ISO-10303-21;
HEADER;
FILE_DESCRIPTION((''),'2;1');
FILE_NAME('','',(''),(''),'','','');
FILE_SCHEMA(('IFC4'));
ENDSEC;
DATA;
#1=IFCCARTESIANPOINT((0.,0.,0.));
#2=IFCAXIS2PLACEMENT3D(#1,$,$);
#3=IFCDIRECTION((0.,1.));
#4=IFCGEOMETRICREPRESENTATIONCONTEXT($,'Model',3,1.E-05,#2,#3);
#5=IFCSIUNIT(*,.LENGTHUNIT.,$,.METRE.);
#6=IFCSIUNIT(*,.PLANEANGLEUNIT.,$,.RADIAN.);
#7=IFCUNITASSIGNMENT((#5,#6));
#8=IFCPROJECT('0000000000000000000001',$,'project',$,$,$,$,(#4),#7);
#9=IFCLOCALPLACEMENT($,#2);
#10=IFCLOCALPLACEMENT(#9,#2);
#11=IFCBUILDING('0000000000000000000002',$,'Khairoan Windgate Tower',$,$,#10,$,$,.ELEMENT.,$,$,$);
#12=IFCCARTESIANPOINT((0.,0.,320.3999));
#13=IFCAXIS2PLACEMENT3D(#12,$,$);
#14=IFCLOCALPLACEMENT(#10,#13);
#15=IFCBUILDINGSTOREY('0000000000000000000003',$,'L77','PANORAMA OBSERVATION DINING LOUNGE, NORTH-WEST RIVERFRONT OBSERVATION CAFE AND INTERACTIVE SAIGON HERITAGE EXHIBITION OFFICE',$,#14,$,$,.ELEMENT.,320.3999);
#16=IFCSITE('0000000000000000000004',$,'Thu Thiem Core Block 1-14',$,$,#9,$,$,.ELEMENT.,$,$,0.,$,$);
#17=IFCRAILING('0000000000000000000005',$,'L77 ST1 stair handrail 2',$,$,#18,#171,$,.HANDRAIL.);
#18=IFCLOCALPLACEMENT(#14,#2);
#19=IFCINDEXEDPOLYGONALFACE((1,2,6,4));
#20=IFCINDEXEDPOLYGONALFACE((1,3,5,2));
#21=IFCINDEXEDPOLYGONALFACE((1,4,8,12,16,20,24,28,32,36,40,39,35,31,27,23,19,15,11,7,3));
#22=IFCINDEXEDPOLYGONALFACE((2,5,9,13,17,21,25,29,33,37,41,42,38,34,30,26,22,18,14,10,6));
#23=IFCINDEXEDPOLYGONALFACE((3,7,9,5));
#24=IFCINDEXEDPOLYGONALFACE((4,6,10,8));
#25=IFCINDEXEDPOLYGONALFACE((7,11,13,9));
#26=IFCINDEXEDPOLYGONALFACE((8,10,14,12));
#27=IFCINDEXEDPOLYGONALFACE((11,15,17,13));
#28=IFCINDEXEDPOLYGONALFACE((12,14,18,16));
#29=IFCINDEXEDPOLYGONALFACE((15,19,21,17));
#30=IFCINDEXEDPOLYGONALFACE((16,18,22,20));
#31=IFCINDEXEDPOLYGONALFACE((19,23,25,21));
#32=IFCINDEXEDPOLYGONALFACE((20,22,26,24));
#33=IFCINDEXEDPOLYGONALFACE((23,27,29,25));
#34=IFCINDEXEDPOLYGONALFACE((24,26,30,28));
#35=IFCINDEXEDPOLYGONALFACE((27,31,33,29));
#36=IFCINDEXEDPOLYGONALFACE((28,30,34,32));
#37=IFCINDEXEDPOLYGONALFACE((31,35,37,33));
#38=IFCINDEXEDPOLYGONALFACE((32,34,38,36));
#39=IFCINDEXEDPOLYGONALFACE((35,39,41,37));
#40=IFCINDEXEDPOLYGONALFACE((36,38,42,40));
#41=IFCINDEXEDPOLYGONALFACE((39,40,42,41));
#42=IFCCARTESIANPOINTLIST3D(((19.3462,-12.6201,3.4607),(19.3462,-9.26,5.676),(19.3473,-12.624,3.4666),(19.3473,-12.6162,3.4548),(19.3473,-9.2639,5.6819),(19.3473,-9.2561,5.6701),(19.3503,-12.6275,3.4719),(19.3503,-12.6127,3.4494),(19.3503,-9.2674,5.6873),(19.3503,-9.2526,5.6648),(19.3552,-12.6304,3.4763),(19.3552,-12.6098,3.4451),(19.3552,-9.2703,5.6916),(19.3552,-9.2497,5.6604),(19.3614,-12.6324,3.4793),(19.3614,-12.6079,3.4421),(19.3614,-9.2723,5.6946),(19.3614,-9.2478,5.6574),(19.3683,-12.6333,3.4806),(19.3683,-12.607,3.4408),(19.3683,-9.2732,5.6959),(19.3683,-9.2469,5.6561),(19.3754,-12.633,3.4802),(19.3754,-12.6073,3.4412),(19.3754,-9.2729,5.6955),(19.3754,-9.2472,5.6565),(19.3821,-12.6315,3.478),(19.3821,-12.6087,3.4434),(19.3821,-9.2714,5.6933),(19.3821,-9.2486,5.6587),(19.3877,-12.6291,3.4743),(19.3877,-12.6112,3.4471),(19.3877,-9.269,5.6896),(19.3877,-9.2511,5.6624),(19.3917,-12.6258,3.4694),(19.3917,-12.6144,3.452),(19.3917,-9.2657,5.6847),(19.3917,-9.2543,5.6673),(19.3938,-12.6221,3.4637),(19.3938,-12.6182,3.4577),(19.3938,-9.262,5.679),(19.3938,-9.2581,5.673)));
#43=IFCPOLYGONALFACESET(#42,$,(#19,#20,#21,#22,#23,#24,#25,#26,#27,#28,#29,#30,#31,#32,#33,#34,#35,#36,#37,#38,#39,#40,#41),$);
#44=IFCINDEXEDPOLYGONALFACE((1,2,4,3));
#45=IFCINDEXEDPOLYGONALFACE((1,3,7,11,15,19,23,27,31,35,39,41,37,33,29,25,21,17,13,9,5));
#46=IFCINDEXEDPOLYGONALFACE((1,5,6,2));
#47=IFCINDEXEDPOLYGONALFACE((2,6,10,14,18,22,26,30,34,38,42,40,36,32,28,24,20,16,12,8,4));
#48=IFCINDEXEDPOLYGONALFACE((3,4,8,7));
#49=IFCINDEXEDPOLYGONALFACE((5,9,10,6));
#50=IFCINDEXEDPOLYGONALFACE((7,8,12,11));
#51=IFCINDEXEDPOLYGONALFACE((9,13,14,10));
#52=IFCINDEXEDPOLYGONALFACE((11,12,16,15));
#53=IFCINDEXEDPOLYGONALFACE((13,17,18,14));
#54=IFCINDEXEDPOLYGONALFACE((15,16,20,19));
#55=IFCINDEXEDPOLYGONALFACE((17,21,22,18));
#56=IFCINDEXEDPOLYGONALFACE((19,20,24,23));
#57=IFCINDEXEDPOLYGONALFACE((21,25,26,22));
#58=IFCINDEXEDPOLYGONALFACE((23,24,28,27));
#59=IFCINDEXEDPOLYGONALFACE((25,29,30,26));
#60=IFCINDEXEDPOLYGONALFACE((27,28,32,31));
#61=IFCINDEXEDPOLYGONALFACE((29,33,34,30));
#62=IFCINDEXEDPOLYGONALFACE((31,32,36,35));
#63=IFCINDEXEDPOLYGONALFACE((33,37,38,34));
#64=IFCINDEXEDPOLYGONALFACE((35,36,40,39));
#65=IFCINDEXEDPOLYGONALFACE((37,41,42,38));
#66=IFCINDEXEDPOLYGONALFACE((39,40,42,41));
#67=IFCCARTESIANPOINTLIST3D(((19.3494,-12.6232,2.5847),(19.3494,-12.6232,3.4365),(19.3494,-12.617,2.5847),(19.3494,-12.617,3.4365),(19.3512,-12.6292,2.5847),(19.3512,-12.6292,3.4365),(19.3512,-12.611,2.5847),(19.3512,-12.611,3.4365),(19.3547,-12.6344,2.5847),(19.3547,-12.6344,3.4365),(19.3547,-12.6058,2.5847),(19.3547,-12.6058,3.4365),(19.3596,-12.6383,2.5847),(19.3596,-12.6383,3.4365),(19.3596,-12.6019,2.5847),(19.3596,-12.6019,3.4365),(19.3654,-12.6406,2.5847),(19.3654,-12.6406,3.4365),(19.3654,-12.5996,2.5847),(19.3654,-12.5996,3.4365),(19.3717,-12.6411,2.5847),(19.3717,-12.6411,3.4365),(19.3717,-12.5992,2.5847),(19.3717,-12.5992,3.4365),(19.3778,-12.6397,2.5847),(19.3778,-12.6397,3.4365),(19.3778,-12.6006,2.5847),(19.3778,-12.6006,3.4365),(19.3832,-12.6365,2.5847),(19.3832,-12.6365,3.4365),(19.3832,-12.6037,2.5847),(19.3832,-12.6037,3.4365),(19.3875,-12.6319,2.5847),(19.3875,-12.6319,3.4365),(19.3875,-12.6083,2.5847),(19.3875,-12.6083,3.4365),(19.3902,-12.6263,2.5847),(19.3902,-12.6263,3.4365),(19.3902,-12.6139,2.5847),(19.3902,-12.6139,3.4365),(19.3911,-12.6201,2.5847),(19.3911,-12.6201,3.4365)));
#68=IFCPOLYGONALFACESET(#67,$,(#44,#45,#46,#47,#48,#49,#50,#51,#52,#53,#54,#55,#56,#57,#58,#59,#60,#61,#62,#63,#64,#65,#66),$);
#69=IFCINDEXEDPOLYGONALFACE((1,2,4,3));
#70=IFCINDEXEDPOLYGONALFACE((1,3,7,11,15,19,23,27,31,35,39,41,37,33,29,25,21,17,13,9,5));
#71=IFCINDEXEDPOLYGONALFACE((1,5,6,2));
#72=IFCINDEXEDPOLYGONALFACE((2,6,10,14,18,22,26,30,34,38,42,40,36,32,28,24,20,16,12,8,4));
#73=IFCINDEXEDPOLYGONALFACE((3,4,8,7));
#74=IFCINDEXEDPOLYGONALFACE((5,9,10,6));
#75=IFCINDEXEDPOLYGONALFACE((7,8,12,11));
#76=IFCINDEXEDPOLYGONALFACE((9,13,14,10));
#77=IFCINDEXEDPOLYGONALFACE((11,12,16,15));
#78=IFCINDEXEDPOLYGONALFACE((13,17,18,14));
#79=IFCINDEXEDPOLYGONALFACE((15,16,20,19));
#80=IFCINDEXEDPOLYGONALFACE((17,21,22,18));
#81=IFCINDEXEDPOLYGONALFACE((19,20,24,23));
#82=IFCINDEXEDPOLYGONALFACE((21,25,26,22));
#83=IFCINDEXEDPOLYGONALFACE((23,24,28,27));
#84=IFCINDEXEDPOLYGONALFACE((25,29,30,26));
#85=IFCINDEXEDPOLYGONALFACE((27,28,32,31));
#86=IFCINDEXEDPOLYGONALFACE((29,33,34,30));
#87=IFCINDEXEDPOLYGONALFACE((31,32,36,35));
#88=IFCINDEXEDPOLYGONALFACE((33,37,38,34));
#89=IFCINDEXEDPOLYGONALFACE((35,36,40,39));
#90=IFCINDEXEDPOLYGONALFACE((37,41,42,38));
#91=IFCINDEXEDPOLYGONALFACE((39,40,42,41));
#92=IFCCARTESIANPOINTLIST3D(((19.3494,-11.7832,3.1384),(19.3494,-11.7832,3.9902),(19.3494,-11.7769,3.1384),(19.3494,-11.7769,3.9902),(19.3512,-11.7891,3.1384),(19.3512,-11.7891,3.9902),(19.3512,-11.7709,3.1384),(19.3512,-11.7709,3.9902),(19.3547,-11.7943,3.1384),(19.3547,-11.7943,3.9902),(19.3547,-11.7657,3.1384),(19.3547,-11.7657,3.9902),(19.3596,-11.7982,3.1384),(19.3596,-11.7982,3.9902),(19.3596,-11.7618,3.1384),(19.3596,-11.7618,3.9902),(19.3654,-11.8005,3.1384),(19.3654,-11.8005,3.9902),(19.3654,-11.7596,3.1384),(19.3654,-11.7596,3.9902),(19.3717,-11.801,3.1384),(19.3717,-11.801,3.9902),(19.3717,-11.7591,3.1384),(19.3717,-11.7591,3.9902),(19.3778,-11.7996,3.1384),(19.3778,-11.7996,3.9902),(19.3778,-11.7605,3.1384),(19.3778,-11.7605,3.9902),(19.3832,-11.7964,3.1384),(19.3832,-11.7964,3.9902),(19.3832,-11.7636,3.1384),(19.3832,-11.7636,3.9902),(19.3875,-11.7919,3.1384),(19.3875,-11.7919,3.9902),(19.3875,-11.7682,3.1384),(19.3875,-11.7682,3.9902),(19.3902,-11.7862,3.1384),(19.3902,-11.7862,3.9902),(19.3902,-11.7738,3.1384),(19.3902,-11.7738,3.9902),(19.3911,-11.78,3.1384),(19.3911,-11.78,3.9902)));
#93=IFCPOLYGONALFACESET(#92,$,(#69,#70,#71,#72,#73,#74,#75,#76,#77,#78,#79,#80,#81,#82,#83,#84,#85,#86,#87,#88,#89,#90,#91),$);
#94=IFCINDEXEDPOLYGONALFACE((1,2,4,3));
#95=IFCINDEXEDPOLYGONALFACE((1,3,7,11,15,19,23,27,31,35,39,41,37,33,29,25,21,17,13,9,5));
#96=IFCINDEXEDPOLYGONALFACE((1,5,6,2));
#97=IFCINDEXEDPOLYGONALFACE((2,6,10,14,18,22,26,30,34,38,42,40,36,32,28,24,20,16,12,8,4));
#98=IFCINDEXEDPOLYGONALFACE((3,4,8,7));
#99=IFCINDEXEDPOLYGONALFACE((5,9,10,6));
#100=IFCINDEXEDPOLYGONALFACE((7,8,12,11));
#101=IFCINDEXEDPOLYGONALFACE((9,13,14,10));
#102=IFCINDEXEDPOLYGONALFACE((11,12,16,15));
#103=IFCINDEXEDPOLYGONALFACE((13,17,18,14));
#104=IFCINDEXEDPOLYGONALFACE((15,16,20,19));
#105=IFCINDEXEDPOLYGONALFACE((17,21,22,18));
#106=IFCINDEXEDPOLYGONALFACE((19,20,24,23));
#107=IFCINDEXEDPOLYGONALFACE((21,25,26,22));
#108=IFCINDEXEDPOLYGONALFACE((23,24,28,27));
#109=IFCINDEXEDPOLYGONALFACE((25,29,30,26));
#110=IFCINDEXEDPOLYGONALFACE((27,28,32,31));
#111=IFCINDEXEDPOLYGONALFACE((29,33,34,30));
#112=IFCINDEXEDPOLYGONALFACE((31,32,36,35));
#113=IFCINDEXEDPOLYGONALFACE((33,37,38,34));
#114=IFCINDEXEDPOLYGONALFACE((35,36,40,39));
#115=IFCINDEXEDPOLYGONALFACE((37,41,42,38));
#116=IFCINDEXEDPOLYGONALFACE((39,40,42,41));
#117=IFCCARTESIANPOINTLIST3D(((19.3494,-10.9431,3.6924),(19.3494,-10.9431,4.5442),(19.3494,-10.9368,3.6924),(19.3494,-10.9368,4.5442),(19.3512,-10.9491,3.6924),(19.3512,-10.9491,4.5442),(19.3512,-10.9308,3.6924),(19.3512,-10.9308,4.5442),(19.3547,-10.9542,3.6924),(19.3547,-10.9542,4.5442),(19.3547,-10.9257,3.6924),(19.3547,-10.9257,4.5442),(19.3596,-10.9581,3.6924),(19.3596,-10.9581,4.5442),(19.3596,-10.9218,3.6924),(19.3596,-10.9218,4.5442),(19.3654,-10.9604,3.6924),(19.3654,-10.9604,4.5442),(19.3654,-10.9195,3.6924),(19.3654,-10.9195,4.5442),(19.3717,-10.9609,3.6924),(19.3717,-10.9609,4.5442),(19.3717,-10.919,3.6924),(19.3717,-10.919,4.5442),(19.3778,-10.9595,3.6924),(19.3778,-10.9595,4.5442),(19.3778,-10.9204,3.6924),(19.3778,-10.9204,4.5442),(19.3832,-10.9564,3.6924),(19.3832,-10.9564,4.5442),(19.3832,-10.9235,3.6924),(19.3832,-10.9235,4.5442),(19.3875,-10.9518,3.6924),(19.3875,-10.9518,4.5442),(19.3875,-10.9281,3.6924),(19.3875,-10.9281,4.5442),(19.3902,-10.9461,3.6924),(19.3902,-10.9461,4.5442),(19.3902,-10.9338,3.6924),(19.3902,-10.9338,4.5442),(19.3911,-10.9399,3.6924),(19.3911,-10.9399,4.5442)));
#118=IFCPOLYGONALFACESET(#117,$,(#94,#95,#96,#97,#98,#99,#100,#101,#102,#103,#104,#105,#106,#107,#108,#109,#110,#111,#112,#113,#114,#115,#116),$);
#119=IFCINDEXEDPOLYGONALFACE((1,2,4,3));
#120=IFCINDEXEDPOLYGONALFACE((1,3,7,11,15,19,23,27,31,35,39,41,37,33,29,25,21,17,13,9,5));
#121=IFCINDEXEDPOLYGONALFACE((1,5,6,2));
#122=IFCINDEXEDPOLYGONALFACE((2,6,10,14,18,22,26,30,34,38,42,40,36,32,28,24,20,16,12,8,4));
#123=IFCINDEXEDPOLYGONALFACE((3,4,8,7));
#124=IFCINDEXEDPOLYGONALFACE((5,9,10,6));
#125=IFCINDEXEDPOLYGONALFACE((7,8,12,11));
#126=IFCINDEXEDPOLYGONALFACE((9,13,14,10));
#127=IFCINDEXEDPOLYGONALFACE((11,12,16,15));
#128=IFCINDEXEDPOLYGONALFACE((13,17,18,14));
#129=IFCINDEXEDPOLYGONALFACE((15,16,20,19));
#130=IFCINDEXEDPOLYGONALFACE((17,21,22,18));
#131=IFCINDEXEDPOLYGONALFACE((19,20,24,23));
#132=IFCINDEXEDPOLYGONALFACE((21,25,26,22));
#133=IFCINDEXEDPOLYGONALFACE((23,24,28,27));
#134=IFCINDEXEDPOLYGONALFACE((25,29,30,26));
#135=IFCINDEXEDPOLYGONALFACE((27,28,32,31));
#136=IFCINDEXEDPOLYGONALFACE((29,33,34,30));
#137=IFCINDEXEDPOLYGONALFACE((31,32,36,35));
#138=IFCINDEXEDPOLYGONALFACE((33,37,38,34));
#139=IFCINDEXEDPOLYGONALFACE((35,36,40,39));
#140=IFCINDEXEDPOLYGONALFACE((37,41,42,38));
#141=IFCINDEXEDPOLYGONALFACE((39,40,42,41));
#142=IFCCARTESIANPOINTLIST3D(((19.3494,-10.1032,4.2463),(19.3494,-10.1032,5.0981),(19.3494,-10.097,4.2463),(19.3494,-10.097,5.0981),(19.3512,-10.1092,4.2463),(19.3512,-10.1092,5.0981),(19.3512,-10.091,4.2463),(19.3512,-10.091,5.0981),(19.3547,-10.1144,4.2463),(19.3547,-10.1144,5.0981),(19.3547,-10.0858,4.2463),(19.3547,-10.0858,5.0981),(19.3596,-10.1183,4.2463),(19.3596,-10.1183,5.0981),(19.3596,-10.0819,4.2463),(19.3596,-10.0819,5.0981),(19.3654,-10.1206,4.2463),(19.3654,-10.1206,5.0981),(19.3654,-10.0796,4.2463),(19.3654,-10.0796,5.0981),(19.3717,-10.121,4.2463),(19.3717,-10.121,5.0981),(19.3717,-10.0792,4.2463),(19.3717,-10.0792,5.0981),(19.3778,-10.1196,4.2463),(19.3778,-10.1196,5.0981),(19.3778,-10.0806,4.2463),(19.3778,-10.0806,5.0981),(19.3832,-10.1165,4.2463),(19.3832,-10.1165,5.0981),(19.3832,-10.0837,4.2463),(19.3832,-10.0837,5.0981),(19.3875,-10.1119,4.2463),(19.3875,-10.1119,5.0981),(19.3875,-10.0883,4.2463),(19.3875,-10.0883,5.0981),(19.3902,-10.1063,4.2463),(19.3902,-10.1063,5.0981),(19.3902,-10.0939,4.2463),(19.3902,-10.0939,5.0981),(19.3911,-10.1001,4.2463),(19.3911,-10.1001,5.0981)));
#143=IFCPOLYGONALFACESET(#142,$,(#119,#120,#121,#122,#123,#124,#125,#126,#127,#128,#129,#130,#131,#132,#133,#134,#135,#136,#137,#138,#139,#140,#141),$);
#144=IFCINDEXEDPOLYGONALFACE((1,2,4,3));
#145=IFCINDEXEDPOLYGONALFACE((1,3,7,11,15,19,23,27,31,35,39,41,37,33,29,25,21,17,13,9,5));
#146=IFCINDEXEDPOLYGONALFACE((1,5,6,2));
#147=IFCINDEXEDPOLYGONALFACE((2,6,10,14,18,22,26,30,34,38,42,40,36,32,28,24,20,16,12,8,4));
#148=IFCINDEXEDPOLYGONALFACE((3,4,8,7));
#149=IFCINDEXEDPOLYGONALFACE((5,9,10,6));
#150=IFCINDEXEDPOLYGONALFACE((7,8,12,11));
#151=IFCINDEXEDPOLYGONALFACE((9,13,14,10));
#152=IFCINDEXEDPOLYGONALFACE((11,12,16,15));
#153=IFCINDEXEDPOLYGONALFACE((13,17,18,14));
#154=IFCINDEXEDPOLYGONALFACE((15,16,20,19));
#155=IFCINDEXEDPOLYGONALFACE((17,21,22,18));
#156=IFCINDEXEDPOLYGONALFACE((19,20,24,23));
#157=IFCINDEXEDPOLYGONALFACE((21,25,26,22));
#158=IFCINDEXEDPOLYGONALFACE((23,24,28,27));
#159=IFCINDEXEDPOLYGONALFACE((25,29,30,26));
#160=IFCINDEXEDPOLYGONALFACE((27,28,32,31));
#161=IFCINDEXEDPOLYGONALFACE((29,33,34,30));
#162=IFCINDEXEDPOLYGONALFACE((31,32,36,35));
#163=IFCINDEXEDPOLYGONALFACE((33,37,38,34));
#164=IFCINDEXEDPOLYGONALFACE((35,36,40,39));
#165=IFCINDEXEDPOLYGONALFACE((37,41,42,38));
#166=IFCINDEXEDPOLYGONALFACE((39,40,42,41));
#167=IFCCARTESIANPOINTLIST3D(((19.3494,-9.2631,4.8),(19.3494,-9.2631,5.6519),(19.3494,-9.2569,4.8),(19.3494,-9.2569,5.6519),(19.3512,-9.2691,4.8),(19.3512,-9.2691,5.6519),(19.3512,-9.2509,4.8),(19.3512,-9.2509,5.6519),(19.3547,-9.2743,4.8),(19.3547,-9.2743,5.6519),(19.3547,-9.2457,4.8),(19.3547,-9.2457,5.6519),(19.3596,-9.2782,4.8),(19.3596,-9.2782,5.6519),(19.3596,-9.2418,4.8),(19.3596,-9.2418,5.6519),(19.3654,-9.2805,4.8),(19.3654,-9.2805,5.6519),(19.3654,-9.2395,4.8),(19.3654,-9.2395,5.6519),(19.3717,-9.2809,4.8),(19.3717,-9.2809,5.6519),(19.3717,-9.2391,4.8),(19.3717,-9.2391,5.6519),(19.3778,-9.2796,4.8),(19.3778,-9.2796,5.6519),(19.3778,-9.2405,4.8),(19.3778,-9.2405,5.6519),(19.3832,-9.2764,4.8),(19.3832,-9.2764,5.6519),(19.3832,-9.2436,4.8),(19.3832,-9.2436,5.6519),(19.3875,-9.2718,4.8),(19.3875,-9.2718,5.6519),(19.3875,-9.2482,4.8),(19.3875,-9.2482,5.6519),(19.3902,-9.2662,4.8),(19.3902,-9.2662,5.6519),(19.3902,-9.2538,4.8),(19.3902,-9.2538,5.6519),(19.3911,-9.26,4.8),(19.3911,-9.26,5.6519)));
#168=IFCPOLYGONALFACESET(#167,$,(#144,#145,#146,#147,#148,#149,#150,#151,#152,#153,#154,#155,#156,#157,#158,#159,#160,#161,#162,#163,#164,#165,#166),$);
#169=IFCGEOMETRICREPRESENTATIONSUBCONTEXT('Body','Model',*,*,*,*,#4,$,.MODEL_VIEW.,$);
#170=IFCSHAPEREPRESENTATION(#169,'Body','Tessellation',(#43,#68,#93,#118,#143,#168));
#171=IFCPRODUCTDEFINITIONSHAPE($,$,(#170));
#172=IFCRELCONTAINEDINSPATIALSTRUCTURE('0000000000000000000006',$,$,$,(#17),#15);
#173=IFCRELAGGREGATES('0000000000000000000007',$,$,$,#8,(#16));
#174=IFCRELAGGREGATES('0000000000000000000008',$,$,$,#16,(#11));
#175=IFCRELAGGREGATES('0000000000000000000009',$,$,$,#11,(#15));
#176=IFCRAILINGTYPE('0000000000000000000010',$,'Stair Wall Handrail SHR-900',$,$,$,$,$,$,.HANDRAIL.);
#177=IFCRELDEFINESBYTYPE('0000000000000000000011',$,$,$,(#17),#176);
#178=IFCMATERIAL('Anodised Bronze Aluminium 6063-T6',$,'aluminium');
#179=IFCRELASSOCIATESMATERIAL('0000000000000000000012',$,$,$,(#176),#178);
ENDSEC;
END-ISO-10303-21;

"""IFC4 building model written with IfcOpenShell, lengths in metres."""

from ifc_helpers import new_model, si_unit, direction, frame, origin, origin_2d, place, context, subcontext, project, spatial, circle, extrude, material, type_object, element, save


model = new_model("IFC4")

# Units and contexts
model_context = context("Model", 3, precision=1e-05, world=origin(), true_north=direction((0.0, 1.0)))
body_context = subcontext(model_context, "Body", "Model", "MODEL_VIEW")
ifc_project = project(units=[si_unit("LENGTHUNIT", "METRE"), si_unit("PLANEANGLEUNIT", "RADIAN")], contexts=[model_context])

# Site, building, storey
site_placement = place(None, origin())
site = spatial("IfcSite", under=ifc_project, at=site_placement, Name="Thu Thiem Core Block 1-14", CompositionType="ELEMENT", RefElevation=0.0)
building_placement = place(site_placement, origin())
building = spatial("IfcBuilding", under=site, at=building_placement, Name="Khairoan Windgate Tower", CompositionType="ELEMENT")
storey_placement = place(building_placement, frame((0.0, 0.0, 320.3999)))
storey = spatial("IfcBuildingStorey", under=building, at=storey_placement, Name="L77", Description="PANORAMA OBSERVATION DINING LOUNGE, NORTH-WEST RIVERFRONT OBSERVATION CAFE AND INTERACTIVE SAIGON HERITAGE EXHIBITION OFFICE", CompositionType="ELEMENT", Elevation=320.3999)

# Railing
ifc_material_1 = material(Name="Anodised Bronze Aluminium 6063-T6", Category="aluminium")
railing_type_1 = type_object("IfcRailingType", Name="Stair Wall Handrail SHR-900", PredefinedType="HANDRAIL", material=ifc_material_1)
railing_1_placement = place(storey_placement, frame((19.3701, -12.6201, 2.5847)))
element("IfcRailing", 1, at=railing_1_placement, inside=storey, type_object=railing_type_1, Name="L77 ST1 stair handrail 2", PredefinedType="HANDRAIL", context=body_context, shape_type="SweptSolid", body=[
    extrude(circle(Radius=0.0239, at=origin_2d()), frame((0.0, 0.0, 0.876), z_axis=(0.0, 0.834876, 0.550437), x_axis=(-1.0, 0.0, 0.0)), (0.0, 0.0, 1.0), 4.0247),
    extrude(circle(Radius=0.021, at=origin_2d()), origin(), (0.0, 0.0, 1.0), 0.8518),
    extrude(circle(Radius=0.021, at=origin_2d()), frame((0.0, 0.8401, 0.5537)), (0.0, 0.0, 1.0), 0.8518),
    extrude(circle(Radius=0.021, at=origin_2d()), frame((0.0, 1.6802, 1.1077)), (0.0, 0.0, 1.0), 0.8518),
    extrude(circle(Radius=0.021, at=origin_2d()), frame((0.0, 2.52, 1.6616)), (0.0, 0.0, 1.0), 0.8518),
    extrude(circle(Radius=0.021, at=origin_2d()), frame((0.0, 3.3601, 2.2153)), (0.0, 0.0, 1.0), 0.8518),
])

save(model, "model.ifc")
